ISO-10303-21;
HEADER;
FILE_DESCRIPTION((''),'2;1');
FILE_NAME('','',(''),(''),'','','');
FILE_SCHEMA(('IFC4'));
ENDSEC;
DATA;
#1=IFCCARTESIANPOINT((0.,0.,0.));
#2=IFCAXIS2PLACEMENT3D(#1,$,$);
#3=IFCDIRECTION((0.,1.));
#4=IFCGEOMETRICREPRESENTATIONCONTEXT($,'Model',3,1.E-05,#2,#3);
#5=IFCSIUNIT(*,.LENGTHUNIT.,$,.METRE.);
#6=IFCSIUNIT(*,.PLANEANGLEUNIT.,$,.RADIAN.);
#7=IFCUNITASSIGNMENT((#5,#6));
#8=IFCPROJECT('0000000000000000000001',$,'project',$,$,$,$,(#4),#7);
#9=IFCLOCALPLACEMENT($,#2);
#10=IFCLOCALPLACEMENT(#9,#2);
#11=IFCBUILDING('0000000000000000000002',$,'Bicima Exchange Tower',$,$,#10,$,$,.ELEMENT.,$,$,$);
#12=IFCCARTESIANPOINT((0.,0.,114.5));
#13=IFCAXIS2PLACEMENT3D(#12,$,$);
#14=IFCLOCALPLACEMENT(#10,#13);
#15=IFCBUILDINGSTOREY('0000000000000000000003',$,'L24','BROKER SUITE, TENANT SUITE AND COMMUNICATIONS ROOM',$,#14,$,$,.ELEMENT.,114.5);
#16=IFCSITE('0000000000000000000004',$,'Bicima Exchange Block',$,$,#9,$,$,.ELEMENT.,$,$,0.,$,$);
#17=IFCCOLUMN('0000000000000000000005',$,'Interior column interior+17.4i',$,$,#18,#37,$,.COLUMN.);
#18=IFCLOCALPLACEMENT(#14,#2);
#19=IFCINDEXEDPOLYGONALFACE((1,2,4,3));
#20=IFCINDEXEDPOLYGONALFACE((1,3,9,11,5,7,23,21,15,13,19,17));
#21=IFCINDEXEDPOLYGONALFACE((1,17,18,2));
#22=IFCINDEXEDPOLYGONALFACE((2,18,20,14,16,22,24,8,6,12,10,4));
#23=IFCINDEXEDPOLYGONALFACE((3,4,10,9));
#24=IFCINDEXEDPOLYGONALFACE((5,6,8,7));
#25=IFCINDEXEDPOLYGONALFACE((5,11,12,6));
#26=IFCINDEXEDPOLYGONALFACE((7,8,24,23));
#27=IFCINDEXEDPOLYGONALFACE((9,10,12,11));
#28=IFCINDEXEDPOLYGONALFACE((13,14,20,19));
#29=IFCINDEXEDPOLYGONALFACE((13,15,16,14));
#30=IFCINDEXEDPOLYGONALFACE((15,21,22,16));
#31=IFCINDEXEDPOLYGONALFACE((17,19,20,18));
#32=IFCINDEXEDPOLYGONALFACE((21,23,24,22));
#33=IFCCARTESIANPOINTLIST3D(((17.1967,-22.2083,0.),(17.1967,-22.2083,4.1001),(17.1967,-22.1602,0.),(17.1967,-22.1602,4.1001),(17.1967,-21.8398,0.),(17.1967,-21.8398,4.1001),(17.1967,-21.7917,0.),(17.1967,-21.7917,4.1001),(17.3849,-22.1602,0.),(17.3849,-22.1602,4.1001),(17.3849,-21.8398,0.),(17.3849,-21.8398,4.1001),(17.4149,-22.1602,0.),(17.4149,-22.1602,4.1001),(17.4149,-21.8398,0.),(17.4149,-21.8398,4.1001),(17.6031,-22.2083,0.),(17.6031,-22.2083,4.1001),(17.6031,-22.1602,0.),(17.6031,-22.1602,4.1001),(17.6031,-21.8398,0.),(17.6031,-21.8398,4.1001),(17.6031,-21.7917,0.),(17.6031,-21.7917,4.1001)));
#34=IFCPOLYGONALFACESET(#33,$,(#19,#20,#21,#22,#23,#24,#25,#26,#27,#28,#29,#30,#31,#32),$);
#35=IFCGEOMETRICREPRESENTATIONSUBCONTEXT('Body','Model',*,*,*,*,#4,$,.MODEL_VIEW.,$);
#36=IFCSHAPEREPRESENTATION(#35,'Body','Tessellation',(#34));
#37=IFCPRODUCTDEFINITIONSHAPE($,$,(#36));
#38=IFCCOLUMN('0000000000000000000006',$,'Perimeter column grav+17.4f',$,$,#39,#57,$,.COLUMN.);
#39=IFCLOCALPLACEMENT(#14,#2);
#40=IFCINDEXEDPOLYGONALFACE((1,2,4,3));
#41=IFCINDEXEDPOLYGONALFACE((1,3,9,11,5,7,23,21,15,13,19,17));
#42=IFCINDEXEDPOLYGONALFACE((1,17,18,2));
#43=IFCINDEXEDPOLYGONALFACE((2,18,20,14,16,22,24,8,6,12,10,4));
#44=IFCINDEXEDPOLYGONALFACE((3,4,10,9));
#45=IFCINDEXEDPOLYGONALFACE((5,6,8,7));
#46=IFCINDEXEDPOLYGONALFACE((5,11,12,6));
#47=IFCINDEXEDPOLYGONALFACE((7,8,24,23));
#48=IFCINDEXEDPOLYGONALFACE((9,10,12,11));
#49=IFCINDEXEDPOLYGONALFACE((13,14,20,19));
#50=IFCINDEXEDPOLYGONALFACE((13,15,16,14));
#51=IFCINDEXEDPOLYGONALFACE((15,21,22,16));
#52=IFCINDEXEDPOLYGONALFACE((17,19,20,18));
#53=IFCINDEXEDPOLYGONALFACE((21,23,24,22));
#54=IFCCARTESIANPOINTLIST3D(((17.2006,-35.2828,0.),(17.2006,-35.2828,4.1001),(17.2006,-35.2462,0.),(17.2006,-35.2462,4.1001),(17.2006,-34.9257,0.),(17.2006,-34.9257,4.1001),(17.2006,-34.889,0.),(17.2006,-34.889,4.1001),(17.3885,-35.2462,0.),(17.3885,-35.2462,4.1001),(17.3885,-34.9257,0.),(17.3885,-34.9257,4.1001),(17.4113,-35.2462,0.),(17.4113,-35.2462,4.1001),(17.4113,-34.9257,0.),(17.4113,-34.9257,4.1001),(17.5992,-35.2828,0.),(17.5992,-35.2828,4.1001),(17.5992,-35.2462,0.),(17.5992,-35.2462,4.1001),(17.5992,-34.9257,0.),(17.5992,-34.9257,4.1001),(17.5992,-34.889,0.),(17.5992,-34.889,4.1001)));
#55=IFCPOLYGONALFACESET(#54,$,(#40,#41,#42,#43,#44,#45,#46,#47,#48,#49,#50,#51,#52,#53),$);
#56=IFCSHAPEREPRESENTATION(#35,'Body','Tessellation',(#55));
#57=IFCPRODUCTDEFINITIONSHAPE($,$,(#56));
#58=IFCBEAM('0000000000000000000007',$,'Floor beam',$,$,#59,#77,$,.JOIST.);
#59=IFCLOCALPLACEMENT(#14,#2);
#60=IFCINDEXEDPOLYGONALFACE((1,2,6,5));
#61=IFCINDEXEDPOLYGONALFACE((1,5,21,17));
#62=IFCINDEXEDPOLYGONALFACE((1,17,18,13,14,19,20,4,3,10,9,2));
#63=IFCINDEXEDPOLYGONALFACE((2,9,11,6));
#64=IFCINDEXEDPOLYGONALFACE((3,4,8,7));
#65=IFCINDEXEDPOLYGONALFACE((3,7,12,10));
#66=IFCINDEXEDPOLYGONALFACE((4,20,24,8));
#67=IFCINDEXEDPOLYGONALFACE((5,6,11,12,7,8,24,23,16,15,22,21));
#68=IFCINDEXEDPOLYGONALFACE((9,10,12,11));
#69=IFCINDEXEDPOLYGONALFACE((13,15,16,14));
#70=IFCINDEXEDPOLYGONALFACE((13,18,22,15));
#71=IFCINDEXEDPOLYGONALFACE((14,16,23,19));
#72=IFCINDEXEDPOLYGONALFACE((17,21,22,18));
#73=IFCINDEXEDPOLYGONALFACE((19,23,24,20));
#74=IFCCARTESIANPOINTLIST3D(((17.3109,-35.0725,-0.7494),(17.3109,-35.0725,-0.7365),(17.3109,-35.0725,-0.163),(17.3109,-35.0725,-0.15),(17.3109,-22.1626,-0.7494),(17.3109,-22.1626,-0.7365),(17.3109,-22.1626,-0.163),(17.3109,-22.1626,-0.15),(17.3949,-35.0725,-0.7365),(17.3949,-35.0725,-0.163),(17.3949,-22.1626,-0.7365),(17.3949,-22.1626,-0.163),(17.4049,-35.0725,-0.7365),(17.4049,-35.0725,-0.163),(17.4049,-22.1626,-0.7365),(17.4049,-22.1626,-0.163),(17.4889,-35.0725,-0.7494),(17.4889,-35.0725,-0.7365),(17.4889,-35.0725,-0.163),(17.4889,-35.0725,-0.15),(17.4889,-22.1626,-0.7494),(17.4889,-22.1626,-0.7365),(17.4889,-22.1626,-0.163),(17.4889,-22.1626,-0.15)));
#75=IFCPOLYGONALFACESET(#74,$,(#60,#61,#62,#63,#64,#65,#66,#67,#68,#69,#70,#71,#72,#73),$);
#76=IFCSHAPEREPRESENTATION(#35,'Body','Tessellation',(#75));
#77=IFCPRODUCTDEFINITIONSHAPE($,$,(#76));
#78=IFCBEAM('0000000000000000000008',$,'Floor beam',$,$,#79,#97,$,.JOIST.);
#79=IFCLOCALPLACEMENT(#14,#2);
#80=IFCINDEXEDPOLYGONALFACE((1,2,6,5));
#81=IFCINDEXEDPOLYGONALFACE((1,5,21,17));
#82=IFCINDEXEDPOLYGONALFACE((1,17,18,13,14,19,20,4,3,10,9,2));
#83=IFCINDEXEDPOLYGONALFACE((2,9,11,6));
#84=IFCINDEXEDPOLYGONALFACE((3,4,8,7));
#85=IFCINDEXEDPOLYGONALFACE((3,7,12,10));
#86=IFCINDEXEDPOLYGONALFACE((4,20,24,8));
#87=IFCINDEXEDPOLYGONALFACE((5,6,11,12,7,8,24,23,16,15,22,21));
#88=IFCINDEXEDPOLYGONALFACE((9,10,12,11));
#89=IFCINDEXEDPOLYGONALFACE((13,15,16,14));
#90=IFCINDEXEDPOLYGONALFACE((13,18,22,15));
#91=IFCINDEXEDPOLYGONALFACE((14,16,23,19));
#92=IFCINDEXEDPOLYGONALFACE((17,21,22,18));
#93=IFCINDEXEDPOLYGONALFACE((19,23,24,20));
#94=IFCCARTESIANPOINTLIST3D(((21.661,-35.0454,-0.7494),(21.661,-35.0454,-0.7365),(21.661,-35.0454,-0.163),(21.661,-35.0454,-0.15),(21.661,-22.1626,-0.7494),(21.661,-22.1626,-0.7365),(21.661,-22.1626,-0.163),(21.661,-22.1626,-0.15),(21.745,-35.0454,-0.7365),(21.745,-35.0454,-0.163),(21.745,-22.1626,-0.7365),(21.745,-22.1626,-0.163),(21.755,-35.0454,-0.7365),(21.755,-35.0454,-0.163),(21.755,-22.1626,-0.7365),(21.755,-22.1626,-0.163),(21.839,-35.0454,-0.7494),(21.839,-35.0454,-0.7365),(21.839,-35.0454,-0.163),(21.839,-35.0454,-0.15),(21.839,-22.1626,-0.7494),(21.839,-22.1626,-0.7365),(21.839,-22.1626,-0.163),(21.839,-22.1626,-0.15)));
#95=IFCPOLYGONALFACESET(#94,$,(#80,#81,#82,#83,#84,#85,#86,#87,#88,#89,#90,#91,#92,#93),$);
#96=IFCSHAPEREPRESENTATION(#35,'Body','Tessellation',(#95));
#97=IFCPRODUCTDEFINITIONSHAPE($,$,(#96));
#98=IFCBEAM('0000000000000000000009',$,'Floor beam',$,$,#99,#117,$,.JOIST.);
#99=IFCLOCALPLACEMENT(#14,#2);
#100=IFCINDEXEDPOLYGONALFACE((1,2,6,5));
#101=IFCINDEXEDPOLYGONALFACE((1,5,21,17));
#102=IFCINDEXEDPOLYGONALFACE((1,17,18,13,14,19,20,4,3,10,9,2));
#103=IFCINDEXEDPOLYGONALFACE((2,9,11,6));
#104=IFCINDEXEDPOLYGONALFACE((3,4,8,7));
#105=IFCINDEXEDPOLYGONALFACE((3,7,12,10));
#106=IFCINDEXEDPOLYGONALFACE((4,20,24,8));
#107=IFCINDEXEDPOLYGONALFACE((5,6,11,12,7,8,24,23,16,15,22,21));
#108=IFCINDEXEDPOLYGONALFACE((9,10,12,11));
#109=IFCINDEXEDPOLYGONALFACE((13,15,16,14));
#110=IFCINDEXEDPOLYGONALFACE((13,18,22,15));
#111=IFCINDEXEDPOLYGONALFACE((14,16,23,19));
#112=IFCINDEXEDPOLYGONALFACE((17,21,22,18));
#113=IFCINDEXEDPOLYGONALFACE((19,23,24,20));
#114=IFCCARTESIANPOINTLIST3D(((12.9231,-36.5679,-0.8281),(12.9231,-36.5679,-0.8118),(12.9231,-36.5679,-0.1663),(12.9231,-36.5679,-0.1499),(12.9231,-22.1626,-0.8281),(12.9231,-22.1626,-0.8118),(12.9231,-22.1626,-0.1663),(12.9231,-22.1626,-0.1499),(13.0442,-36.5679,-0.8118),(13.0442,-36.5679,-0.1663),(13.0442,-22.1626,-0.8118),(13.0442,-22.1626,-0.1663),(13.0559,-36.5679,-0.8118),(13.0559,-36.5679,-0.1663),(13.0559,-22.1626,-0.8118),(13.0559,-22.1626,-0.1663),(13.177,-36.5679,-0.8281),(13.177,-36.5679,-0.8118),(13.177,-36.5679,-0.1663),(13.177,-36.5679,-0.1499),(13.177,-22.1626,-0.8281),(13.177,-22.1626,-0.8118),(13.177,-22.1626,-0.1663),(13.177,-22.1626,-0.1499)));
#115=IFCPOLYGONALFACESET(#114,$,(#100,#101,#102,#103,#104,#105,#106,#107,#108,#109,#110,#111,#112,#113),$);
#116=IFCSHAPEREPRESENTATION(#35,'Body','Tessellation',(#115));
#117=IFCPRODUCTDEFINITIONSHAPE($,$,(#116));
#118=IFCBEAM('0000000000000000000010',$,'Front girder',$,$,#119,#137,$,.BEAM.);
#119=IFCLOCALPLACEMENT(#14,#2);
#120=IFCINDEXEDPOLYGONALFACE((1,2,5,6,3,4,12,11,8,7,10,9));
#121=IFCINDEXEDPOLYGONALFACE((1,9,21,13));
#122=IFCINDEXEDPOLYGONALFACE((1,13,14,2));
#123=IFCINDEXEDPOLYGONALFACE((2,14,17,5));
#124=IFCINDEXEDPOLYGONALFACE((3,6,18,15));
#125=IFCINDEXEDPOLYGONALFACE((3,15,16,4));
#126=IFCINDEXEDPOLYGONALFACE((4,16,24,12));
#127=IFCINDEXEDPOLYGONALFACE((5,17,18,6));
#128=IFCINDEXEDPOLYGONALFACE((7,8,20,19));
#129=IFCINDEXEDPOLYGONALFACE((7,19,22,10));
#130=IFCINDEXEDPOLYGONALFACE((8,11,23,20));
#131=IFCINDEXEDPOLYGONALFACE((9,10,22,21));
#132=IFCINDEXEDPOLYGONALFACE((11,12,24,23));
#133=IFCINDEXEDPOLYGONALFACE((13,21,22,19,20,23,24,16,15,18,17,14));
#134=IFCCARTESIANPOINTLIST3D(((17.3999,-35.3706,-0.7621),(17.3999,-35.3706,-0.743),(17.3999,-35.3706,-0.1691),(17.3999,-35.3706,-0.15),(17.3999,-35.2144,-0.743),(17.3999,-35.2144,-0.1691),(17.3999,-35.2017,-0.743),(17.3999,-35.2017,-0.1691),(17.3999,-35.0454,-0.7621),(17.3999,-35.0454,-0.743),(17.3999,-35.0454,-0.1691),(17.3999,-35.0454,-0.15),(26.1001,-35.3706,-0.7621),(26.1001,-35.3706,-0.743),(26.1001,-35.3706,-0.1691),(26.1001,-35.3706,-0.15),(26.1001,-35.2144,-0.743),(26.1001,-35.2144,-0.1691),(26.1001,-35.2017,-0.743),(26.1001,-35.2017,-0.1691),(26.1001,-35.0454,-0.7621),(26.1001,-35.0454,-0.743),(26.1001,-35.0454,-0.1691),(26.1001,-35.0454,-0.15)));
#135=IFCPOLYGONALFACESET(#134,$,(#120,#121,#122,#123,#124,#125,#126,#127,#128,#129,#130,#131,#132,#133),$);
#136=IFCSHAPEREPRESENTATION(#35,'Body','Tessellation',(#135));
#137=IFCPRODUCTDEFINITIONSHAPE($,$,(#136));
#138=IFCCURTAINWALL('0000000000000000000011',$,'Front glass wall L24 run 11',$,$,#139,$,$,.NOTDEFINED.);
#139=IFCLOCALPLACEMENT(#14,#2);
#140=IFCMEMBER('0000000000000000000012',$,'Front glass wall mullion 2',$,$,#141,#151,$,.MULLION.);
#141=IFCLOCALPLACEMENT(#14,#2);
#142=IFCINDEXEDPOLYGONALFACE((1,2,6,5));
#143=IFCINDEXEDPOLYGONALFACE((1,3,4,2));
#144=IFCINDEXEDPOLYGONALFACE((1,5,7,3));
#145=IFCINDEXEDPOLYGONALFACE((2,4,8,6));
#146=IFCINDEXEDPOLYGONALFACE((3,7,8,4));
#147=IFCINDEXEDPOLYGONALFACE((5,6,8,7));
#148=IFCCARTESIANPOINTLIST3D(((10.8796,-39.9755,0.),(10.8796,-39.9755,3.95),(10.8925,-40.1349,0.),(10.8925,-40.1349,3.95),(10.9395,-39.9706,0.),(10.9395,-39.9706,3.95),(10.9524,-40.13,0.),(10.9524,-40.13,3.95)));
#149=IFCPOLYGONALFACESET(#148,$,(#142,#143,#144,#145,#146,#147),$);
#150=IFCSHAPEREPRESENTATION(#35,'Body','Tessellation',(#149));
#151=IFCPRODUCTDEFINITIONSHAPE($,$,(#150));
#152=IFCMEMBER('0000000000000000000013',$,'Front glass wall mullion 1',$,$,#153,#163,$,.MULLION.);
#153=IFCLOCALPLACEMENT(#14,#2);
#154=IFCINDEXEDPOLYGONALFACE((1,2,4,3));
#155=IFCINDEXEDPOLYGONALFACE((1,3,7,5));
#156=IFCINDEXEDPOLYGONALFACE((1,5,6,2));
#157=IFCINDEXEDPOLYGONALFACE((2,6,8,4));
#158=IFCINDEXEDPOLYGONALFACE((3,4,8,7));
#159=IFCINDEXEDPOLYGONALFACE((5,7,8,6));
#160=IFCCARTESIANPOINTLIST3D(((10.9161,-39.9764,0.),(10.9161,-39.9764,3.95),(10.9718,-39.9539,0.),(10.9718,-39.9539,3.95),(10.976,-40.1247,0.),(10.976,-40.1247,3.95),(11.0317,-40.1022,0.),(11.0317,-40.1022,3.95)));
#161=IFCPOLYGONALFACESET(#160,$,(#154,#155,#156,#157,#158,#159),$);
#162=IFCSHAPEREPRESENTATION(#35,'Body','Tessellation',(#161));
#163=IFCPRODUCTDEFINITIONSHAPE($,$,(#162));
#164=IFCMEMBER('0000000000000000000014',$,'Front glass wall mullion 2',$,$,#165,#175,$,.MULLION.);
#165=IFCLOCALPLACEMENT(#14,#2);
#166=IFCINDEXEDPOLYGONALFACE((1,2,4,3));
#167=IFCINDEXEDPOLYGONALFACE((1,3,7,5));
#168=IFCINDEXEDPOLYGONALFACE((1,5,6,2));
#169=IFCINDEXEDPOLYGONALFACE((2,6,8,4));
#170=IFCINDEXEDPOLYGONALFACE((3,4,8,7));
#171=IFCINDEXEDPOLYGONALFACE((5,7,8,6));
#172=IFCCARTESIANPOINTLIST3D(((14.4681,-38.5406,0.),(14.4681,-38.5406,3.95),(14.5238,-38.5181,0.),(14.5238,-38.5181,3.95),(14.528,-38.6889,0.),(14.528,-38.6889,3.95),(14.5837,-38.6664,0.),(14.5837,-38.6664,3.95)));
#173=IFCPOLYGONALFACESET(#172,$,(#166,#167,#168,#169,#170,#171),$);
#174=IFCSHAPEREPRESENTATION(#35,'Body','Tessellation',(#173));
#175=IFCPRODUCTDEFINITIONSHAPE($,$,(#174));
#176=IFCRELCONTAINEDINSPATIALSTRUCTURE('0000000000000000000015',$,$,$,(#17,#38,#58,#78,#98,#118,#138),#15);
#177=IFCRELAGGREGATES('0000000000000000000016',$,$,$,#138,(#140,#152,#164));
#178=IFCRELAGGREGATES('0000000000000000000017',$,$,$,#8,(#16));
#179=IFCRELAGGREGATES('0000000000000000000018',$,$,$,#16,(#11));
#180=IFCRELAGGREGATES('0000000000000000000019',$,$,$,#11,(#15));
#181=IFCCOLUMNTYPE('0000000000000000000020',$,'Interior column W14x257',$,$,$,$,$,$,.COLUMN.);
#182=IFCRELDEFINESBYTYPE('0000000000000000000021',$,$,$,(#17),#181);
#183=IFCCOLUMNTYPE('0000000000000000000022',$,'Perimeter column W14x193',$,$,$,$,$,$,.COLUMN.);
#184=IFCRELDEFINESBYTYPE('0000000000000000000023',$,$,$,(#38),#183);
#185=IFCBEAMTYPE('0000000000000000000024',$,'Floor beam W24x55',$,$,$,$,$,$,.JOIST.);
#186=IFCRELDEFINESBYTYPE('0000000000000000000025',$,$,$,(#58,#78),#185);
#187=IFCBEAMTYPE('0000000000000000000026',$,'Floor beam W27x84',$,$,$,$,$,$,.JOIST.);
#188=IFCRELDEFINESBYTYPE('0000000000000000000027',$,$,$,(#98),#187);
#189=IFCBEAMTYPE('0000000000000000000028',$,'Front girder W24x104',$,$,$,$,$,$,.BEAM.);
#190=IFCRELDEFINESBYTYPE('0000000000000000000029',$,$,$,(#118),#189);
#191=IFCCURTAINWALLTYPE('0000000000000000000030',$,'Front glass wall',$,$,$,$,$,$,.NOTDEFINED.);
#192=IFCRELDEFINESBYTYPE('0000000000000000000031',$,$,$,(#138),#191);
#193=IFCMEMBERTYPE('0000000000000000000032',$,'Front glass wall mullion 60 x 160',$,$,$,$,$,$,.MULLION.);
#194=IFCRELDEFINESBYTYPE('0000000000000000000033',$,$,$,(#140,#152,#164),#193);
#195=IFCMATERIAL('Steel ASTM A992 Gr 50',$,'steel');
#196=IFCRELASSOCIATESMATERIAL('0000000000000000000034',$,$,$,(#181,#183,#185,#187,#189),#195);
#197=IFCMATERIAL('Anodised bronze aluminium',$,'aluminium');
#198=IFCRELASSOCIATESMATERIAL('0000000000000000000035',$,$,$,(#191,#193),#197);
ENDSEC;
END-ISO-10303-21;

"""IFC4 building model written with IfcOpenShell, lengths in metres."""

from ifc_helpers import new_model, si_unit, direction, frame, origin, origin_2d, place, context, subcontext, project, spatial, rectangle, i_section, extrude, material, material_profile, profile_set, type_object, element, aggregate, save


model = new_model("IFC4")

# Units and contexts
model_context = context("Model", 3, precision=1e-05, world=origin(), true_north=direction((0.0, 1.0)))
body_context = subcontext(model_context, "Body", "Model", "MODEL_VIEW")
ifc_project = project(units=[si_unit("LENGTHUNIT", "METRE"), si_unit("PLANEANGLEUNIT", "RADIAN")], contexts=[model_context])

# Site, building, storey
site_placement = place(None, origin())
site = spatial("IfcSite", under=ifc_project, at=site_placement, Name="Bicima Exchange Block", CompositionType="ELEMENT", RefElevation=0.0)
building_placement = place(site_placement, origin())
building = spatial("IfcBuilding", under=site, at=building_placement, Name="Bicima Exchange Tower", CompositionType="ELEMENT")
storey_placement = place(building_placement, frame((0.0, 0.0, 114.5)))
storey = spatial("IfcBuildingStorey", under=building, at=storey_placement, Name="L24", Description="BROKER SUITE, TENANT SUITE AND COMMUNICATIONS ROOM", CompositionType="ELEMENT", Elevation=114.5)

# Columns
ifc_material_1 = material(Name="Steel ASTM A992 Gr 50", Category="steel")
ifc_material_profile_1 = material_profile(ifc_material_1, i_section(OverallWidth=0.4065, OverallDepth=0.4165, WebThickness=0.03, FlangeThickness=0.0481, at=origin_2d()))
ifc_profile_set_1 = profile_set([ifc_material_profile_1], Name="Steel ASTM A992 Gr 50")
column_type_1 = type_object("IfcColumnType", Name="Interior column W14x257", PredefinedType="COLUMN", material=ifc_profile_set_1)
column_1_placement = place(storey_placement, frame((17.3999, -22.0, 0.0), z_axis=(0.0, 0.0, 1.0), x_axis=(1.0, 0.0, 0.0)))
element("IfcColumn", 1, at=column_1_placement, inside=storey, type_object=column_type_1, Name="Interior column interior+17.4i", PredefinedType="COLUMN", context=body_context, shape_type="SweptSolid", body=[
    extrude(i_section(OverallWidth=0.4065, OverallDepth=0.4165, WebThickness=0.03, FlangeThickness=0.0481, at=origin_2d()), origin(), (0.0, 0.0, 1.0), 4.1001),
])
ifc_material_profile_2 = material_profile(ifc_material_1, i_section(OverallWidth=0.3987, OverallDepth=0.3938, WebThickness=0.0227, FlangeThickness=0.0366, at=origin_2d()))
ifc_profile_set_2 = profile_set([ifc_material_profile_2], Name="Steel ASTM A992 Gr 50")
column_type_2 = type_object("IfcColumnType", Name="Perimeter column W14x193", PredefinedType="COLUMN", material=ifc_profile_set_2)
column_2_placement = place(storey_placement, frame((17.3999, -35.0859, 0.0), z_axis=(0.0, 0.0, 1.0), x_axis=(1.0, 0.0, 0.0)))
element("IfcColumn", 2, at=column_2_placement, inside=storey, type_object=column_type_2, Name="Perimeter column grav+17.4f", PredefinedType="COLUMN", context=body_context, shape_type="SweptSolid", body=[
    extrude(i_section(OverallWidth=0.3987, OverallDepth=0.3938, WebThickness=0.0227, FlangeThickness=0.0366, at=origin_2d()), origin(), (0.0, 0.0, 1.0), 4.1001),
])

# Beams
ifc_material_profile_3 = material_profile(ifc_material_1, i_section(OverallWidth=0.178, OverallDepth=0.5994, WebThickness=0.01, FlangeThickness=0.0129, at=origin_2d()))
ifc_profile_set_3 = profile_set([ifc_material_profile_3], Name="Steel ASTM A992 Gr 50")
beam_type_1 = type_object("IfcBeamType", Name="Floor beam W24x55", PredefinedType="JOIST", material=ifc_profile_set_3)
beam_1_placement = place(storey_placement, frame((17.3999, -22.1626, -0.4497), z_axis=(0.0, -1.0, 0.0), x_axis=(1.0, 0.0, 0.0)))
element("IfcBeam", 3, at=beam_1_placement, inside=storey, type_object=beam_type_1, Name="Floor beam", PredefinedType="JOIST", context=body_context, shape_type="SweptSolid", body=[
    extrude(i_section(OverallWidth=0.178, OverallDepth=0.5994, WebThickness=0.01, FlangeThickness=0.0129, at=origin_2d()), origin(), (0.0, 0.0, 1.0), 12.9099),
])
beam_2_placement = place(storey_placement, frame((21.75, -22.1626, -0.4497), z_axis=(0.0, -1.0, 0.0), x_axis=(1.0, 0.0, 0.0)))
element("IfcBeam", 4, at=beam_2_placement, inside=storey, type_object=beam_type_1, Name="Floor beam", PredefinedType="JOIST", context=body_context, shape_type="SweptSolid", body=[
    extrude(i_section(OverallWidth=0.178, OverallDepth=0.5994, WebThickness=0.01, FlangeThickness=0.0129, at=origin_2d()), origin(), (0.0, 0.0, 1.0), 12.8828),
])
ifc_material_profile_4 = material_profile(ifc_material_1, i_section(OverallWidth=0.2539, OverallDepth=0.6782, WebThickness=0.0117, FlangeThickness=0.0164, at=origin_2d()))
ifc_profile_set_4 = profile_set([ifc_material_profile_4], Name="Steel ASTM A992 Gr 50")
beam_type_2 = type_object("IfcBeamType", Name="Floor beam W27x84", PredefinedType="JOIST", material=ifc_profile_set_4)
beam_3_placement = place(storey_placement, frame((13.05, -22.1626, -0.489), z_axis=(0.0, -1.0, 0.0), x_axis=(1.0, 0.0, 0.0)))
element("IfcBeam", 5, at=beam_3_placement, inside=storey, type_object=beam_type_2, Name="Floor beam", PredefinedType="JOIST", context=body_context, shape_type="SweptSolid", body=[
    extrude(i_section(OverallWidth=0.2539, OverallDepth=0.6782, WebThickness=0.0117, FlangeThickness=0.0164, at=origin_2d()), origin(), (0.0, 0.0, 1.0), 14.4053),
])
ifc_material_profile_5 = material_profile(ifc_material_1, i_section(OverallWidth=0.3252, OverallDepth=0.6121, WebThickness=0.0127, FlangeThickness=0.019, at=origin_2d()))
ifc_profile_set_5 = profile_set([ifc_material_profile_5], Name="Steel ASTM A992 Gr 50")
beam_type_3 = type_object("IfcBeamType", Name="Front girder W24x104", PredefinedType="BEAM", material=ifc_profile_set_5)
beam_4_placement = place(storey_placement, frame((17.3999, -35.208, -0.4561), z_axis=(1.0, 0.0, 0.0), x_axis=(0.0, 1.0, 0.0)))
element("IfcBeam", 6, at=beam_4_placement, inside=storey, type_object=beam_type_3, Name="Front girder", PredefinedType="BEAM", context=body_context, shape_type="SweptSolid", body=[
    extrude(i_section(OverallWidth=0.3252, OverallDepth=0.6121, WebThickness=0.0127, FlangeThickness=0.019, at=origin_2d()), origin(), (0.0, 0.0, 1.0), 8.7002),
])

# Curtain wall, members
ifc_material_2 = material(Name="Anodised bronze aluminium", Category="aluminium")
curtain_wall_type = type_object("IfcCurtainWallType", Name="Front glass wall", PredefinedType="NOTDEFINED", material=ifc_material_2)
curtain_wall_1_placement = place(storey_placement, origin())
curtain_wall_1 = element("IfcCurtainWall", 7, at=curtain_wall_1_placement, inside=storey, type_object=curtain_wall_type, Name="Front glass wall L24 run 11", PredefinedType="NOTDEFINED")
ifc_material_profile_6 = material_profile(ifc_material_2, rectangle(XDim=0.1599, YDim=0.0601, at=origin_2d()))
ifc_profile_set_6 = profile_set([ifc_material_profile_6], Name="Anodised bronze aluminium")
member_type_1 = type_object("IfcMemberType", Name="Front glass wall mullion 60 x 160", PredefinedType="MULLION", material=ifc_profile_set_6)
member_1_placement = place(storey_placement, frame((10.916, -40.0527, 0.0), z_axis=(0.0, 0.0, 1.0), x_axis=(-0.080589, 0.996747, 0.0)))
member_1 = element("IfcMember", 8, at=member_1_placement, type_object=member_type_1, Name="Front glass wall mullion 2", PredefinedType="MULLION", context=body_context, shape_type="SweptSolid", body=[
    extrude(rectangle(XDim=0.1599, YDim=0.0601, at=origin_2d()), origin(), (0.0, 0.0, 1.0), 3.95),
])
member_2_placement = place(storey_placement, frame((10.9739, -40.0393, 0.0), z_axis=(0.0, 0.0, 1.0), x_axis=(-0.374705, 0.927144, 0.0)))
member_2 = element("IfcMember", 9, at=member_2_placement, type_object=member_type_1, Name="Front glass wall mullion 1", PredefinedType="MULLION", context=body_context, shape_type="SweptSolid", body=[
    extrude(rectangle(XDim=0.1599, YDim=0.0601, at=origin_2d()), origin(), (0.0, 0.0, 1.0), 3.95),
])
member_3_placement = place(storey_placement, frame((14.5259, -38.6035, 0.0), z_axis=(0.0, 0.0, 1.0), x_axis=(-0.374705, 0.927144, 0.0)))
member_3 = element("IfcMember", 10, at=member_3_placement, type_object=member_type_1, Name="Front glass wall mullion 2", PredefinedType="MULLION", context=body_context, shape_type="SweptSolid", body=[
    extrude(rectangle(XDim=0.1599, YDim=0.0601, at=origin_2d()), origin(), (0.0, 0.0, 1.0), 3.95),
])

aggregate(curtain_wall_1, [member_1, member_2, member_3])

save(model, "model.ifc")
